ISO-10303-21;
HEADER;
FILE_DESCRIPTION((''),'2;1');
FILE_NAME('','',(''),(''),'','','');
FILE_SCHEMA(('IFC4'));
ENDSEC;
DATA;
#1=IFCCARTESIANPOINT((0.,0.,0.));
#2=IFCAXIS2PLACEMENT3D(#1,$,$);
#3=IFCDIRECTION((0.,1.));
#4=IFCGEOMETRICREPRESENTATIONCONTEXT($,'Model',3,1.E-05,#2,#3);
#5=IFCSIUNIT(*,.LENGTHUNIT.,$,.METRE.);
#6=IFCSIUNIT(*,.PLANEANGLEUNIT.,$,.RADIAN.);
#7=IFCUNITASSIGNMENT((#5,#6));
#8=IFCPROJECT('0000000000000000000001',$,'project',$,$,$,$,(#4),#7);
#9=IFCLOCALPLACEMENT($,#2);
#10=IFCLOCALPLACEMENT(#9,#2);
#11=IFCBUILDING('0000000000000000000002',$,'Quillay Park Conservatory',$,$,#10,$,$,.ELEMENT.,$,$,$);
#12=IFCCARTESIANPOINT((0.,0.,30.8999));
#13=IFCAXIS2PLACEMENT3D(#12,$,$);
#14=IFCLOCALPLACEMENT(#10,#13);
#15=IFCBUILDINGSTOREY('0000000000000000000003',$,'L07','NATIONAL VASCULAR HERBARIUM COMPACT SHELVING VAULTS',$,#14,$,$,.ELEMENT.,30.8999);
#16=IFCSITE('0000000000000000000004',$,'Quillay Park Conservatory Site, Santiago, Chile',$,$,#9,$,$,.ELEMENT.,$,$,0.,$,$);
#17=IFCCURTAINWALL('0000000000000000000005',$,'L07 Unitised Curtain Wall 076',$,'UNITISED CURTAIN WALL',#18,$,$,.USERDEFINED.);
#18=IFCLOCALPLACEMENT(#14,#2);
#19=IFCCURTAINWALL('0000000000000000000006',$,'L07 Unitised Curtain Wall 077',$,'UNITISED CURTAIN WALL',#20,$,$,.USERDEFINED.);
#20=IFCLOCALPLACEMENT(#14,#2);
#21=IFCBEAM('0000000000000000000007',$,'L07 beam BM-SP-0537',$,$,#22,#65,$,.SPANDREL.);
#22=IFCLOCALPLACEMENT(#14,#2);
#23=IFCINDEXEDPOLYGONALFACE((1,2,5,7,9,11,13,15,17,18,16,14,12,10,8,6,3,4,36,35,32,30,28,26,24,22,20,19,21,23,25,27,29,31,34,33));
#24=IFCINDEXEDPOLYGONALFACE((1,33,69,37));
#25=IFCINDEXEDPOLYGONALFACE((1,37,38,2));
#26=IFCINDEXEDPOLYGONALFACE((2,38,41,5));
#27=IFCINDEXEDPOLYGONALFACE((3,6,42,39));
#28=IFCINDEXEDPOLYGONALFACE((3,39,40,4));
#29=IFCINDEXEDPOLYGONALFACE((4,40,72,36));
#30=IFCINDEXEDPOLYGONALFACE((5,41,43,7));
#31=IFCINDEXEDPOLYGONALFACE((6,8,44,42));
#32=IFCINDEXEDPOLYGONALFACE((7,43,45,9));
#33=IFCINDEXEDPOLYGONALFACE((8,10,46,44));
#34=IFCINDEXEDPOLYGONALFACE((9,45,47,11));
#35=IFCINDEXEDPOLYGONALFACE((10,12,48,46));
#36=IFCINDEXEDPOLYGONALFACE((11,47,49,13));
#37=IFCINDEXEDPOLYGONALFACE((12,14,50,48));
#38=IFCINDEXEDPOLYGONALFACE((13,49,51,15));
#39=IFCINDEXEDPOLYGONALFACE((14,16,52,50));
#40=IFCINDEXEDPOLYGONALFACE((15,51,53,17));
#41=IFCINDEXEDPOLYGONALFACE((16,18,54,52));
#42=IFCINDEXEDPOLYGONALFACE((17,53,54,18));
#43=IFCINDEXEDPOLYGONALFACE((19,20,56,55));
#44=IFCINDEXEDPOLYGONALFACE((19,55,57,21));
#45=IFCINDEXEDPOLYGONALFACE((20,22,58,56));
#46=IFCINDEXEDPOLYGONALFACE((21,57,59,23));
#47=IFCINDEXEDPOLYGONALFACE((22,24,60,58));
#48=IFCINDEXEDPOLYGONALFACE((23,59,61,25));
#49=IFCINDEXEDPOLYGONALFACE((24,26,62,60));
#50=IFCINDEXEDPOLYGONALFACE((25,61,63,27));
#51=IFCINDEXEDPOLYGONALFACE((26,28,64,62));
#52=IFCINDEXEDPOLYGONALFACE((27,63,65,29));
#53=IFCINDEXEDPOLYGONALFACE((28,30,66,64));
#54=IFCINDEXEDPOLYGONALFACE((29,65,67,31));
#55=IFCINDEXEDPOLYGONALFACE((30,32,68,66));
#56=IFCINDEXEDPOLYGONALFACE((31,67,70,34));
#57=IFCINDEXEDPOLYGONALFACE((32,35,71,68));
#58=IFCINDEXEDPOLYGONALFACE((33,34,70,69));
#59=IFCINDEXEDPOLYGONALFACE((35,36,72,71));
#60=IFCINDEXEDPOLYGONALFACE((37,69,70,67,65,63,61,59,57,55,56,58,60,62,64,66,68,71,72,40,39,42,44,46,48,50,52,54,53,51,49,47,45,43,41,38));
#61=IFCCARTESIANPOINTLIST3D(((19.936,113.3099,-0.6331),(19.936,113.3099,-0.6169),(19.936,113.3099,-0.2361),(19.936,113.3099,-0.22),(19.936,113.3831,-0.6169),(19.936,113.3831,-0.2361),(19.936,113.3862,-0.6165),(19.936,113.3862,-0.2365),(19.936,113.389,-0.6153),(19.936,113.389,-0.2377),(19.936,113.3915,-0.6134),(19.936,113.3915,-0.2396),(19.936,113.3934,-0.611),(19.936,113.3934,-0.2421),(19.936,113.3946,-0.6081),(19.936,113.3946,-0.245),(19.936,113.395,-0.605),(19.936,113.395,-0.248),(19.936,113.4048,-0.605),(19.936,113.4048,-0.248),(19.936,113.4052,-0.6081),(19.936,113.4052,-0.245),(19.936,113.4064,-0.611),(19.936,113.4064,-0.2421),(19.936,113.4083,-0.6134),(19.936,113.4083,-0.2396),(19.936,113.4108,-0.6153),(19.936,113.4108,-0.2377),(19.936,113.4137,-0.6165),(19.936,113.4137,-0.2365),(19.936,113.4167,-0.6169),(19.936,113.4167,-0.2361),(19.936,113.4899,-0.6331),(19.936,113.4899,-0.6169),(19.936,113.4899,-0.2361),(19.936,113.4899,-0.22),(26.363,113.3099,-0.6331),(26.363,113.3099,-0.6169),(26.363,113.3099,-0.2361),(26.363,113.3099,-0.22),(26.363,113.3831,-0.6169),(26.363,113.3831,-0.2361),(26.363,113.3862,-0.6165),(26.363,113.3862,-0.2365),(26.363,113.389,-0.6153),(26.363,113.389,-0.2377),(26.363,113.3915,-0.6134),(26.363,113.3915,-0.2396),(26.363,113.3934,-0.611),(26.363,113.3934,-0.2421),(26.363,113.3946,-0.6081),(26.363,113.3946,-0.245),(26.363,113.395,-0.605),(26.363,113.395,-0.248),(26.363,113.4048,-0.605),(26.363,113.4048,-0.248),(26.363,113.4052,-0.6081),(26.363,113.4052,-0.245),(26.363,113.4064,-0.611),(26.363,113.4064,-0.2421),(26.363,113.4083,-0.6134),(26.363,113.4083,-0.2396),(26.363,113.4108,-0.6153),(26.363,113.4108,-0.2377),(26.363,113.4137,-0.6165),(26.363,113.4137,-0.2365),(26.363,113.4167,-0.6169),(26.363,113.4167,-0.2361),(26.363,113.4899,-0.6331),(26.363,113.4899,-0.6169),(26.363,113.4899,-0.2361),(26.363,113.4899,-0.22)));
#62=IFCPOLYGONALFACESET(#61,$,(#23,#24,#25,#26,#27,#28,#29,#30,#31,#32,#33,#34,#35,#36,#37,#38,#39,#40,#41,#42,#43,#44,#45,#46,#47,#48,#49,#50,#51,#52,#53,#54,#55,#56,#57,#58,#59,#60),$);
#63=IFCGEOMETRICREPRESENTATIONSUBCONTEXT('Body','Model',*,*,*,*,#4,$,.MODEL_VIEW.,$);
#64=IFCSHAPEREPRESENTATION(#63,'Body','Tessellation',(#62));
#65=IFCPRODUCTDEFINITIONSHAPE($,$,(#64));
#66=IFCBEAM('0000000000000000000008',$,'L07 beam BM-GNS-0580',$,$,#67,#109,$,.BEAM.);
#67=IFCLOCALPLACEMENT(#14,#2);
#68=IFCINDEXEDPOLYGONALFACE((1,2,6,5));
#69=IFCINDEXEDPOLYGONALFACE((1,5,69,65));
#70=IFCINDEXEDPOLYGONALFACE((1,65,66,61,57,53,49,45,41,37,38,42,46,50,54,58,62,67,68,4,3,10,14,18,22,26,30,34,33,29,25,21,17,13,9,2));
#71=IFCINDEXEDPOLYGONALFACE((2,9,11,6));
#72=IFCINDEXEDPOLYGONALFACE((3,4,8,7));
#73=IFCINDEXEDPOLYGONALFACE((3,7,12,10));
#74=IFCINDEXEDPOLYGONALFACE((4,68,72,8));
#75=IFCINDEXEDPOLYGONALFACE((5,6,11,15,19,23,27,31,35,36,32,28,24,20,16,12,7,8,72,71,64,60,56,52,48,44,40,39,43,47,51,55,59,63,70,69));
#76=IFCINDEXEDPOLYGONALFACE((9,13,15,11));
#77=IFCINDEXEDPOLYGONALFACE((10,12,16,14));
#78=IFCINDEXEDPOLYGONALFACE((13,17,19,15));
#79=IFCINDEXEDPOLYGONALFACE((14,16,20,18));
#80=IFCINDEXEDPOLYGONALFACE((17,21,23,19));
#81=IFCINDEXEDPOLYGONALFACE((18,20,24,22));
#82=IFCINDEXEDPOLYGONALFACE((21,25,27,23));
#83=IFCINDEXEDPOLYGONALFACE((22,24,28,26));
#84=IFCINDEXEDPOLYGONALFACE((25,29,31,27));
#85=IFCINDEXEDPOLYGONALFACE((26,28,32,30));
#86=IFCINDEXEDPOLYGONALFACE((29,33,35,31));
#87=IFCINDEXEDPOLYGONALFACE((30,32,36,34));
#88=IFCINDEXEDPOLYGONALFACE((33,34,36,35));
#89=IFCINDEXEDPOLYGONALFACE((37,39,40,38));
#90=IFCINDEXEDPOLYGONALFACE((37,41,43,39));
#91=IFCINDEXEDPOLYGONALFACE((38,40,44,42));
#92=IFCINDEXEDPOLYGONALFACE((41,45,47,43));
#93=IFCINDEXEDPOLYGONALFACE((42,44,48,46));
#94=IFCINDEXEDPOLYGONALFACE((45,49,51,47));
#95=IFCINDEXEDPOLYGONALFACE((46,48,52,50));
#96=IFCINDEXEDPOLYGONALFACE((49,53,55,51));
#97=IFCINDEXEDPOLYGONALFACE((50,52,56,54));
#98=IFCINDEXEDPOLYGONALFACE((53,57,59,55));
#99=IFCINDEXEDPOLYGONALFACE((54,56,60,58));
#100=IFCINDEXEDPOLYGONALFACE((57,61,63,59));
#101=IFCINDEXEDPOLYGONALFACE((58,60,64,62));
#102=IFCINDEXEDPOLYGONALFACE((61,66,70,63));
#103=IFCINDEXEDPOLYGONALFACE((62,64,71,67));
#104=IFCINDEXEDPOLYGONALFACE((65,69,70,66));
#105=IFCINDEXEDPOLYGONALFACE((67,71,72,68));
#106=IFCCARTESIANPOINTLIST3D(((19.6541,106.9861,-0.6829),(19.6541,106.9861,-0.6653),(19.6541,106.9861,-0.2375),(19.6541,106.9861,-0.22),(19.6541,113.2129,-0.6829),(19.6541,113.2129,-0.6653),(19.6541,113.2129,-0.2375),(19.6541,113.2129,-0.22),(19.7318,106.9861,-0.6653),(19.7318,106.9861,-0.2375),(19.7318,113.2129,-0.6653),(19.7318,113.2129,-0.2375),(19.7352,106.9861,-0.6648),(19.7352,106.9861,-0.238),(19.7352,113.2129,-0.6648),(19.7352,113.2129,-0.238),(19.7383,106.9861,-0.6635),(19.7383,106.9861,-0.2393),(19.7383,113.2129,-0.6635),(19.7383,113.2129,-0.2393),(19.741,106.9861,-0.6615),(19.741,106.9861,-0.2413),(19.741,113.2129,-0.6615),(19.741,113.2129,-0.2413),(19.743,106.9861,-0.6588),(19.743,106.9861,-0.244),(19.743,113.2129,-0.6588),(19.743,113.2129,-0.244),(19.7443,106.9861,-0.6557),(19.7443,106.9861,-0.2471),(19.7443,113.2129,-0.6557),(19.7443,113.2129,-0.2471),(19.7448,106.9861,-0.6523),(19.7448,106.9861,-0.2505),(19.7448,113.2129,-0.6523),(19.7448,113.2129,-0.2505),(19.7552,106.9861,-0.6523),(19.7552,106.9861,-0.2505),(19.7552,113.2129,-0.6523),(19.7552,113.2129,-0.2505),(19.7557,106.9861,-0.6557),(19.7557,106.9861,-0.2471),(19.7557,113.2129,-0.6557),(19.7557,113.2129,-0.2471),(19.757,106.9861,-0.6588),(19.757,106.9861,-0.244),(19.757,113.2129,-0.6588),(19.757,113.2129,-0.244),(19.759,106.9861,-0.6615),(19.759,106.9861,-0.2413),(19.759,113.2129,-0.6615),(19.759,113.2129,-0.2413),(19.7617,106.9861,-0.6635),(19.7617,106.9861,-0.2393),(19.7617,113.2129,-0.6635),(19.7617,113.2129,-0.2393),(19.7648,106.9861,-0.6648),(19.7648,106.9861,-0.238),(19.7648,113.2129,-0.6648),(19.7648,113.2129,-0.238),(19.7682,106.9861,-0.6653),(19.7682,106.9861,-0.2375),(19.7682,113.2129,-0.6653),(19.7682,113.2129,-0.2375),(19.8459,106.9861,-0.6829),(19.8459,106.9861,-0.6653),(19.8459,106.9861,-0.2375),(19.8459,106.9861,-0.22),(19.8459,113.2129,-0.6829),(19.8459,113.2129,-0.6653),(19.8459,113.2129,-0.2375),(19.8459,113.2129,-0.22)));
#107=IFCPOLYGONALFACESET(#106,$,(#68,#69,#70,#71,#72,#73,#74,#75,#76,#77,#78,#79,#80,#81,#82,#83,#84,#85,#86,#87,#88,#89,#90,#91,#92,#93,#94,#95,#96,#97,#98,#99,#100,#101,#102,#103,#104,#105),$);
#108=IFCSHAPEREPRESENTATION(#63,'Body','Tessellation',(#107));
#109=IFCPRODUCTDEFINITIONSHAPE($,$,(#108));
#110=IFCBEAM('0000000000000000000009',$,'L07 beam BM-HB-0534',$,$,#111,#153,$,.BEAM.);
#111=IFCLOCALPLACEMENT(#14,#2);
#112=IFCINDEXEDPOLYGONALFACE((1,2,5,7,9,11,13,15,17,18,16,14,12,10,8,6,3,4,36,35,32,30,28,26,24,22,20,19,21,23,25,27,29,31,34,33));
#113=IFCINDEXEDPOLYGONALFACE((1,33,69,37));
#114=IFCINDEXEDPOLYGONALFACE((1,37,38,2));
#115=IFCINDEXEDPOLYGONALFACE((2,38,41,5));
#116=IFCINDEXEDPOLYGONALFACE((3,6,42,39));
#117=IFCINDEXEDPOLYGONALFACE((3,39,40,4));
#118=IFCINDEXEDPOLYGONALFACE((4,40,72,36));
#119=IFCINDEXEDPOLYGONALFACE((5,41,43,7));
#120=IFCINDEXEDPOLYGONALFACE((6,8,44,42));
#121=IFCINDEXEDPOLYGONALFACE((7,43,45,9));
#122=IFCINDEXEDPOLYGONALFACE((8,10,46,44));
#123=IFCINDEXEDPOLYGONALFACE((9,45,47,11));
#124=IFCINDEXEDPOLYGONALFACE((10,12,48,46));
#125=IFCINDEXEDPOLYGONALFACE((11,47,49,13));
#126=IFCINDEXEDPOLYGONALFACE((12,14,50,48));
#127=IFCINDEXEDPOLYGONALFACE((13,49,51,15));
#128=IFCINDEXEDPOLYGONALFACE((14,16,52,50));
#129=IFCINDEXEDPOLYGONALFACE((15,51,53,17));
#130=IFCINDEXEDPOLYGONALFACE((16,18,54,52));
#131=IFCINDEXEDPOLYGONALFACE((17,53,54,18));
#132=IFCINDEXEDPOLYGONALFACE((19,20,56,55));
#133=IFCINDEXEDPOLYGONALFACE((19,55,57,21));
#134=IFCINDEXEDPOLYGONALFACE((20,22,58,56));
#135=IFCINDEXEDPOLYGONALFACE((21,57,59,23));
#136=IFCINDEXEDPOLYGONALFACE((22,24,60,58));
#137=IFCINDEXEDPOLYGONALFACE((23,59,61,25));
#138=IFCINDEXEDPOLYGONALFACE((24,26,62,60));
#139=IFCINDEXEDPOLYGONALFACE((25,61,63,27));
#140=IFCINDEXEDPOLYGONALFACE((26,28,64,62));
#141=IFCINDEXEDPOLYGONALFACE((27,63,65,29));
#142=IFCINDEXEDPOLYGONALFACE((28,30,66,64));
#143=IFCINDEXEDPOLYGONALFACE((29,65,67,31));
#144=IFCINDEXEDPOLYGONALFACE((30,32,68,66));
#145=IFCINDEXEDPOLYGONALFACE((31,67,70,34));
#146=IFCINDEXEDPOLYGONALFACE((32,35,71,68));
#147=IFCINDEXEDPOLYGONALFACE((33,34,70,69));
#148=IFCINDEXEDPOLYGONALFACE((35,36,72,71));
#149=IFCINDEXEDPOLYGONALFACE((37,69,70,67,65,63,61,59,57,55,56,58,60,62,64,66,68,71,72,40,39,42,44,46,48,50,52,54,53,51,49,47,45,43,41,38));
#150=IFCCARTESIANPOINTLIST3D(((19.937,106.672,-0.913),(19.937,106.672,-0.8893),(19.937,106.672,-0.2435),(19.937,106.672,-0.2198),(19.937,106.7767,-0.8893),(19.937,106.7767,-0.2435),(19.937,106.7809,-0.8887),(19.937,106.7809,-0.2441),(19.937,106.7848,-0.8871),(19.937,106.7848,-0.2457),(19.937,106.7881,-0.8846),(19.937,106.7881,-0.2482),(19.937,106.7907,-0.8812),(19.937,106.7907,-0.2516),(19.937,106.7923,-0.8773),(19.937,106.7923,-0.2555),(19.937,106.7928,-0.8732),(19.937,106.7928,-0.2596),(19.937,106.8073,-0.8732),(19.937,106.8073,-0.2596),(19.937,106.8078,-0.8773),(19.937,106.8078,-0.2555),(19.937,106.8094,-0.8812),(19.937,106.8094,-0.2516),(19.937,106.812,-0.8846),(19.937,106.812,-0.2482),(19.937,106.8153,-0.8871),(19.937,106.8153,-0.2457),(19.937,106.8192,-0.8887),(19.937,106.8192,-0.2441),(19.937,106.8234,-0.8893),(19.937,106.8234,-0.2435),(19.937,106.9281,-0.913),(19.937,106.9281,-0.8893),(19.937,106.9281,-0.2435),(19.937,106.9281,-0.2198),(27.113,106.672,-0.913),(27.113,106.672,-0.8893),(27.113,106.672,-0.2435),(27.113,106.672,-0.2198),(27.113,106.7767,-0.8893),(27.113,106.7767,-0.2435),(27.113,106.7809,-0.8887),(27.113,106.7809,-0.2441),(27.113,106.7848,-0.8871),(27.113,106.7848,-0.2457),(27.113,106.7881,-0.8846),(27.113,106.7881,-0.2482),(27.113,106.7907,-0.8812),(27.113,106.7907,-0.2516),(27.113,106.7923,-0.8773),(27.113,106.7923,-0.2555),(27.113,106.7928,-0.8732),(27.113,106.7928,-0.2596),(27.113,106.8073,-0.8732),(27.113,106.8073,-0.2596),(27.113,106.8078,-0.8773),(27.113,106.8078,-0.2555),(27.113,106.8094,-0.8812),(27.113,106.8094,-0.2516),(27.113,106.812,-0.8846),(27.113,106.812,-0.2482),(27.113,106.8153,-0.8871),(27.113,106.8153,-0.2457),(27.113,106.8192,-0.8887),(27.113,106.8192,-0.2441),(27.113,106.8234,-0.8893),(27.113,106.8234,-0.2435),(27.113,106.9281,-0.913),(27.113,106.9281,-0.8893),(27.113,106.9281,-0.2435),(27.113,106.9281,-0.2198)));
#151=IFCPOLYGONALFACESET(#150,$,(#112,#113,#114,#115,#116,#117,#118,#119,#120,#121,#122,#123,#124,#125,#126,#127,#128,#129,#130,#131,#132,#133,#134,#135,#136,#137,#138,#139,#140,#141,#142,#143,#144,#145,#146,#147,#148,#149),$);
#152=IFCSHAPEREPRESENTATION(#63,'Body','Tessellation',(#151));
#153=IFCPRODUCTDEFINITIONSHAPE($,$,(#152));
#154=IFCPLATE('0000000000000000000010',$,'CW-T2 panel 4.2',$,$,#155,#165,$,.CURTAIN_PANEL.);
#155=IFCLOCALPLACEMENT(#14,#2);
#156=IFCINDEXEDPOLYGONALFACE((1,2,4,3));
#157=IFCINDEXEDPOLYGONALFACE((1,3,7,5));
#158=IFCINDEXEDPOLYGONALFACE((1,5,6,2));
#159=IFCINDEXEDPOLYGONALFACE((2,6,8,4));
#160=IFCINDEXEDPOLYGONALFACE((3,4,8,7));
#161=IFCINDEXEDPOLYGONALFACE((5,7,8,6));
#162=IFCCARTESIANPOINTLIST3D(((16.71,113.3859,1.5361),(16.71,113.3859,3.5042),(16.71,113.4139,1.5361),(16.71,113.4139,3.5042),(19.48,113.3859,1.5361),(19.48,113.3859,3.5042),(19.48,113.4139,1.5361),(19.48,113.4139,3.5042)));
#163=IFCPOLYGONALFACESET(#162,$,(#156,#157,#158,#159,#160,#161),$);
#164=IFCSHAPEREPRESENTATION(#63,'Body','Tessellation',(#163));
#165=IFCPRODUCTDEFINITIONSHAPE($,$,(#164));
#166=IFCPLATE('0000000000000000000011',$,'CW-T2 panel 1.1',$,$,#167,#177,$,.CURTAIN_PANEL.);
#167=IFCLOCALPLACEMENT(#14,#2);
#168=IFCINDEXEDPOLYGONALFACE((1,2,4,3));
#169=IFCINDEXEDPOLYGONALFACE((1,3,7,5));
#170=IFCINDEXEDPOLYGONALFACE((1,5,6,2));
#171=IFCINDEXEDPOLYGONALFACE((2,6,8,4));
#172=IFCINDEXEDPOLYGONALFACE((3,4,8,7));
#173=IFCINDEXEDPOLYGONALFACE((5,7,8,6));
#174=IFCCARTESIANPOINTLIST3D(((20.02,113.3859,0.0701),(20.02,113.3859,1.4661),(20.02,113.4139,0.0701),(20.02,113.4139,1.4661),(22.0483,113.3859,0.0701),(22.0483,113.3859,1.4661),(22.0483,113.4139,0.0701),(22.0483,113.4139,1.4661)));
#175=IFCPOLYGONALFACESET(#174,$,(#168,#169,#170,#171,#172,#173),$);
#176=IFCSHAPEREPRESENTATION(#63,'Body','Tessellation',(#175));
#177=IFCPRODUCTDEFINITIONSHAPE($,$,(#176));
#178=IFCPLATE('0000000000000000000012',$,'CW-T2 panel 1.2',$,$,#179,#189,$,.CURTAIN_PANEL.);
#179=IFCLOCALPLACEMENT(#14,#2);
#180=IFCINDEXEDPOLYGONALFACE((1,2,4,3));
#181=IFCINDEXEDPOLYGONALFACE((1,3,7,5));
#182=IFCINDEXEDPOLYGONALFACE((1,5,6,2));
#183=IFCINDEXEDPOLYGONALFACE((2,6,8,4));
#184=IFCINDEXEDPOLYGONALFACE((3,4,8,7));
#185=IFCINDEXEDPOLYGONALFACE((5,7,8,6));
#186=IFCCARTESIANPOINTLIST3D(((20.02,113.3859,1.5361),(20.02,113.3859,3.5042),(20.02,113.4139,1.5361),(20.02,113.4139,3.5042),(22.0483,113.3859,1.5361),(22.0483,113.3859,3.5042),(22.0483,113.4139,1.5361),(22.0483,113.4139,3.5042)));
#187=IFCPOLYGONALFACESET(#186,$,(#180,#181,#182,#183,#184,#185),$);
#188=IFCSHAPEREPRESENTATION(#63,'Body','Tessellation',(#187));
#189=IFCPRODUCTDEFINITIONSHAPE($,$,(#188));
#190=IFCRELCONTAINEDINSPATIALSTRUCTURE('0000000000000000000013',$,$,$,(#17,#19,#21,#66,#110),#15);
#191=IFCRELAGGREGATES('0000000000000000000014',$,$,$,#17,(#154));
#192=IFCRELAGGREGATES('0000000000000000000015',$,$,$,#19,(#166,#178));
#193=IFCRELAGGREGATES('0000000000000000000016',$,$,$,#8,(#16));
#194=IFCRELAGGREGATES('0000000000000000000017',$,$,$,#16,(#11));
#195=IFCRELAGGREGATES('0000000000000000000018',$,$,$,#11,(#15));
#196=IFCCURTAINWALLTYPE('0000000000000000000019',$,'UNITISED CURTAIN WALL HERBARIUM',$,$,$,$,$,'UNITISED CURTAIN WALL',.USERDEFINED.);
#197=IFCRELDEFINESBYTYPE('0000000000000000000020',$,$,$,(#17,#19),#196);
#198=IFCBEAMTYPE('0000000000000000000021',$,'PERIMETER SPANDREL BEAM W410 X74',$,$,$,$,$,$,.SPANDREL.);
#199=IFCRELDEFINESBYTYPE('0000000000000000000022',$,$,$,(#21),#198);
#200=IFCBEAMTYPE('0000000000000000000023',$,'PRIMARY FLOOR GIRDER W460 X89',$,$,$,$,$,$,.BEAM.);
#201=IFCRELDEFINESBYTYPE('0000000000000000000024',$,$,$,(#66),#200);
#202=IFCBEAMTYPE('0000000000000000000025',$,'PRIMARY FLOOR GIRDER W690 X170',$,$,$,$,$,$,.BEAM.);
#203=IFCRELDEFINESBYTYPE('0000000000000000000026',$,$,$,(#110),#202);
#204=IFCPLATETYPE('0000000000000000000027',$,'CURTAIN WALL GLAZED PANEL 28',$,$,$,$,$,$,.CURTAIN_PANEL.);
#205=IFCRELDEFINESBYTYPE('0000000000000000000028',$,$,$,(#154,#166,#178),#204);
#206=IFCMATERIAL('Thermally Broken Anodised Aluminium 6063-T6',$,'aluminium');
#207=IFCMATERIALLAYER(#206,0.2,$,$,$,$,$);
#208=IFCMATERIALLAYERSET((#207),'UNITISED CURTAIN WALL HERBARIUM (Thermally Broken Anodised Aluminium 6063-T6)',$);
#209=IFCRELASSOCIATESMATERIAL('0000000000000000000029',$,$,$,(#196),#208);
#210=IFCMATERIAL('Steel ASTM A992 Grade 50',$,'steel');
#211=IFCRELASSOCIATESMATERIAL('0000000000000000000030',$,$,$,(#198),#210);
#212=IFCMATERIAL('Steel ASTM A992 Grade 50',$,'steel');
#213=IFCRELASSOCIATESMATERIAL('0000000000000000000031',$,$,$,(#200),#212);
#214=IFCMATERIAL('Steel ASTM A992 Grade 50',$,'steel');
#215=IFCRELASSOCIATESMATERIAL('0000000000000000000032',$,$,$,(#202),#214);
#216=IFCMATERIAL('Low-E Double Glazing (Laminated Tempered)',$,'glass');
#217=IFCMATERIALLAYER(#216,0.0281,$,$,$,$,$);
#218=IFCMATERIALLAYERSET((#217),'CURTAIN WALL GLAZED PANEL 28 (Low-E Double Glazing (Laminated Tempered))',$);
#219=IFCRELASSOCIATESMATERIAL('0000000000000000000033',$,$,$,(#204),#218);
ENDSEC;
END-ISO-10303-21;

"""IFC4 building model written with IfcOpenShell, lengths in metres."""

from ifc_helpers import new_model, si_unit, direction, frame, origin, origin_2d, place, context, subcontext, project, spatial, rectangle, i_section, extrude, material, layer, layer_set, material_profile, profile_set, type_object, element, aggregate, save


model = new_model("IFC4")

# Units and contexts
model_context = context("Model", 3, precision=1e-05, world=origin(), true_north=direction((0.0, 1.0)))
body_context = subcontext(model_context, "Body", "Model", "MODEL_VIEW")
ifc_project = project(units=[si_unit("LENGTHUNIT", "METRE"), si_unit("PLANEANGLEUNIT", "RADIAN")], contexts=[model_context])

# Site, building, storey
site_placement = place(None, origin())
site = spatial("IfcSite", under=ifc_project, at=site_placement, Name="Quillay Park Conservatory Site, Santiago, Chile", CompositionType="ELEMENT", RefElevation=0.0)
building_placement = place(site_placement, origin())
building = spatial("IfcBuilding", under=site, at=building_placement, Name="Quillay Park Conservatory", CompositionType="ELEMENT")
storey_placement = place(building_placement, frame((0.0, 0.0, 30.8999)))
storey = spatial("IfcBuildingStorey", under=building, at=storey_placement, Name="L07", Description="NATIONAL VASCULAR HERBARIUM COMPACT SHELVING VAULTS", CompositionType="ELEMENT", Elevation=30.8999)

# Curtain wall
ifc_material_1 = material(Name="Thermally Broken Anodised Aluminium 6063-T6", Category="aluminium")
ifc_layer_1 = layer(ifc_material_1, 0.2)
ifc_layer_set_1 = layer_set([ifc_layer_1], Name="UNITISED CURTAIN WALL HERBARIUM (Thermally Broken Anodised Aluminium 6063-T6)")
curtain_wall_type = type_object("IfcCurtainWallType", Name="UNITISED CURTAIN WALL HERBARIUM", ElementType="UNITISED CURTAIN WALL", PredefinedType="USERDEFINED", material=ifc_layer_set_1)
curtain_wall_1_placement = place(storey_placement, origin())
curtain_wall_1 = element("IfcCurtainWall", 1, at=curtain_wall_1_placement, inside=storey, type_object=curtain_wall_type, Name="L07 Unitised Curtain Wall 076", ObjectType="UNITISED CURTAIN WALL", PredefinedType="USERDEFINED")

# Curtain wall
curtain_wall_2_placement = place(storey_placement, origin())
curtain_wall_2 = element("IfcCurtainWall", 2, at=curtain_wall_2_placement, inside=storey, type_object=curtain_wall_type, Name="L07 Unitised Curtain Wall 077", ObjectType="UNITISED CURTAIN WALL", PredefinedType="USERDEFINED")

# Beams
ifc_material_2 = material(Name="Steel ASTM A992 Grade 50", Category="steel")
ifc_material_profile_1 = material_profile(ifc_material_2, i_section(OverallWidth=0.1799, OverallDepth=0.4131, WebThickness=0.0098, FlangeThickness=0.0161, FilletRadius=0.012, at=origin_2d()), Name="W410x74")
ifc_profile_set_1 = profile_set([ifc_material_profile_1], Name="Steel ASTM A992 Grade 50")
beam_type_1 = type_object("IfcBeamType", Name="PERIMETER SPANDREL BEAM W410 X74", PredefinedType="SPANDREL", material=ifc_profile_set_1)
beam_1_placement = place(storey_placement, frame((19.936, 113.3999, -0.4265), z_axis=(1.0, 0.0, 0.0), x_axis=(0.0, 1.0, 0.0)))
element("IfcBeam", 3, at=beam_1_placement, inside=storey, type_object=beam_type_1, Name="L07 beam BM-SP-0537", PredefinedType="SPANDREL", context=body_context, shape_type="SweptSolid", body=[
    extrude(i_section(OverallWidth=0.1799, OverallDepth=0.4131, WebThickness=0.0098, FlangeThickness=0.0161, FilletRadius=0.012, at=origin_2d()), origin(), (0.0, 0.0, 1.0), 6.427),
])
ifc_material_3 = material(Name="Steel ASTM A992 Grade 50", Category="steel")
ifc_material_profile_2 = material_profile(ifc_material_3, i_section(OverallWidth=0.1919, OverallDepth=0.4629, WebThickness=0.0105, FlangeThickness=0.0176, FilletRadius=0.0129, at=origin_2d()), Name="W460x89")
ifc_profile_set_2 = profile_set([ifc_material_profile_2], Name="Steel ASTM A992 Grade 50")
beam_type_2 = type_object("IfcBeamType", Name="PRIMARY FLOOR GIRDER W460 X89", PredefinedType="BEAM", material=ifc_profile_set_2)
beam_2_placement = place(storey_placement, frame((19.75, 106.9861, -0.4514), z_axis=(0.0, 1.0, 0.0), x_axis=(-1.0, 0.0, 0.0)))
element("IfcBeam", 4, at=beam_2_placement, inside=storey, type_object=beam_type_2, Name="L07 beam BM-GNS-0580", PredefinedType="BEAM", context=body_context, shape_type="SweptSolid", body=[
    extrude(i_section(OverallWidth=0.1919, OverallDepth=0.4629, WebThickness=0.0105, FlangeThickness=0.0176, FilletRadius=0.0129, at=origin_2d()), origin(), (0.0, 0.0, 1.0), 6.2268),
])
ifc_material_4 = material(Name="Steel ASTM A992 Grade 50", Category="steel")
ifc_material_profile_3 = material_profile(ifc_material_4, i_section(OverallWidth=0.2561, OverallDepth=0.6931, WebThickness=0.0144, FlangeThickness=0.0237, FilletRadius=0.0161, at=origin_2d()), Name="W690x170")
ifc_profile_set_3 = profile_set([ifc_material_profile_3], Name="Steel ASTM A992 Grade 50")
beam_type_3 = type_object("IfcBeamType", Name="PRIMARY FLOOR GIRDER W690 X170", PredefinedType="BEAM", material=ifc_profile_set_3)
beam_3_placement = place(storey_placement, frame((19.937, 106.8, -0.5664), z_axis=(1.0, 0.0, 0.0), x_axis=(0.0, 1.0, 0.0)))
element("IfcBeam", 5, at=beam_3_placement, inside=storey, type_object=beam_type_3, Name="L07 beam BM-HB-0534", PredefinedType="BEAM", context=body_context, shape_type="SweptSolid", body=[
    extrude(i_section(OverallWidth=0.2561, OverallDepth=0.6931, WebThickness=0.0144, FlangeThickness=0.0237, FilletRadius=0.0161, at=origin_2d()), origin(), (0.0, 0.0, 1.0), 7.176),
])

# Plates
ifc_material_5 = material(Name="Low-E Double Glazing (Laminated Tempered)", Category="glass")
ifc_layer_2 = layer(ifc_material_5, 0.0281)
ifc_layer_set_2 = layer_set([ifc_layer_2], Name="CURTAIN WALL GLAZED PANEL 28 (Low-E Double Glazing (Laminated Tempered))")
plate_type = type_object("IfcPlateType", Name="CURTAIN WALL GLAZED PANEL 28", PredefinedType="CURTAIN_PANEL", material=ifc_layer_set_2)
plate_1_placement = place(storey_placement, frame((18.095, 113.3999, 1.5361), z_axis=(0.0, 0.0, 1.0), x_axis=(1.0, 0.0, 0.0)))
plate_1 = element("IfcPlate", 6, at=plate_1_placement, type_object=plate_type, Name="CW-T2 panel 4.2", PredefinedType="CURTAIN_PANEL", context=body_context, shape_type="SweptSolid", body=[
    extrude(rectangle(XDim=2.77, YDim=0.0281, at=origin_2d()), origin(), (0.0, 0.0, 1.0), 1.968),
])
aggregate(curtain_wall_1, [plate_1])
plate_2_placement = place(storey_placement, frame((21.0342, 113.3999, 0.0701), z_axis=(0.0, 0.0, 1.0), x_axis=(1.0, 0.0, 0.0)))
plate_2 = element("IfcPlate", 7, at=plate_2_placement, type_object=plate_type, Name="CW-T2 panel 1.1", PredefinedType="CURTAIN_PANEL", context=body_context, shape_type="SweptSolid", body=[
    extrude(rectangle(XDim=2.0283, YDim=0.0281, at=origin_2d()), origin(), (0.0, 0.0, 1.0), 1.396),
])
plate_3_placement = place(storey_placement, frame((21.0342, 113.3999, 1.5361), z_axis=(0.0, 0.0, 1.0), x_axis=(1.0, 0.0, 0.0)))
plate_3 = element("IfcPlate", 8, at=plate_3_placement, type_object=plate_type, Name="CW-T2 panel 1.2", PredefinedType="CURTAIN_PANEL", context=body_context, shape_type="SweptSolid", body=[
    extrude(rectangle(XDim=2.0283, YDim=0.0281, at=origin_2d()), origin(), (0.0, 0.0, 1.0), 1.968),
])
aggregate(curtain_wall_2, [plate_2, plate_3])

save(model, "model.ifc")
